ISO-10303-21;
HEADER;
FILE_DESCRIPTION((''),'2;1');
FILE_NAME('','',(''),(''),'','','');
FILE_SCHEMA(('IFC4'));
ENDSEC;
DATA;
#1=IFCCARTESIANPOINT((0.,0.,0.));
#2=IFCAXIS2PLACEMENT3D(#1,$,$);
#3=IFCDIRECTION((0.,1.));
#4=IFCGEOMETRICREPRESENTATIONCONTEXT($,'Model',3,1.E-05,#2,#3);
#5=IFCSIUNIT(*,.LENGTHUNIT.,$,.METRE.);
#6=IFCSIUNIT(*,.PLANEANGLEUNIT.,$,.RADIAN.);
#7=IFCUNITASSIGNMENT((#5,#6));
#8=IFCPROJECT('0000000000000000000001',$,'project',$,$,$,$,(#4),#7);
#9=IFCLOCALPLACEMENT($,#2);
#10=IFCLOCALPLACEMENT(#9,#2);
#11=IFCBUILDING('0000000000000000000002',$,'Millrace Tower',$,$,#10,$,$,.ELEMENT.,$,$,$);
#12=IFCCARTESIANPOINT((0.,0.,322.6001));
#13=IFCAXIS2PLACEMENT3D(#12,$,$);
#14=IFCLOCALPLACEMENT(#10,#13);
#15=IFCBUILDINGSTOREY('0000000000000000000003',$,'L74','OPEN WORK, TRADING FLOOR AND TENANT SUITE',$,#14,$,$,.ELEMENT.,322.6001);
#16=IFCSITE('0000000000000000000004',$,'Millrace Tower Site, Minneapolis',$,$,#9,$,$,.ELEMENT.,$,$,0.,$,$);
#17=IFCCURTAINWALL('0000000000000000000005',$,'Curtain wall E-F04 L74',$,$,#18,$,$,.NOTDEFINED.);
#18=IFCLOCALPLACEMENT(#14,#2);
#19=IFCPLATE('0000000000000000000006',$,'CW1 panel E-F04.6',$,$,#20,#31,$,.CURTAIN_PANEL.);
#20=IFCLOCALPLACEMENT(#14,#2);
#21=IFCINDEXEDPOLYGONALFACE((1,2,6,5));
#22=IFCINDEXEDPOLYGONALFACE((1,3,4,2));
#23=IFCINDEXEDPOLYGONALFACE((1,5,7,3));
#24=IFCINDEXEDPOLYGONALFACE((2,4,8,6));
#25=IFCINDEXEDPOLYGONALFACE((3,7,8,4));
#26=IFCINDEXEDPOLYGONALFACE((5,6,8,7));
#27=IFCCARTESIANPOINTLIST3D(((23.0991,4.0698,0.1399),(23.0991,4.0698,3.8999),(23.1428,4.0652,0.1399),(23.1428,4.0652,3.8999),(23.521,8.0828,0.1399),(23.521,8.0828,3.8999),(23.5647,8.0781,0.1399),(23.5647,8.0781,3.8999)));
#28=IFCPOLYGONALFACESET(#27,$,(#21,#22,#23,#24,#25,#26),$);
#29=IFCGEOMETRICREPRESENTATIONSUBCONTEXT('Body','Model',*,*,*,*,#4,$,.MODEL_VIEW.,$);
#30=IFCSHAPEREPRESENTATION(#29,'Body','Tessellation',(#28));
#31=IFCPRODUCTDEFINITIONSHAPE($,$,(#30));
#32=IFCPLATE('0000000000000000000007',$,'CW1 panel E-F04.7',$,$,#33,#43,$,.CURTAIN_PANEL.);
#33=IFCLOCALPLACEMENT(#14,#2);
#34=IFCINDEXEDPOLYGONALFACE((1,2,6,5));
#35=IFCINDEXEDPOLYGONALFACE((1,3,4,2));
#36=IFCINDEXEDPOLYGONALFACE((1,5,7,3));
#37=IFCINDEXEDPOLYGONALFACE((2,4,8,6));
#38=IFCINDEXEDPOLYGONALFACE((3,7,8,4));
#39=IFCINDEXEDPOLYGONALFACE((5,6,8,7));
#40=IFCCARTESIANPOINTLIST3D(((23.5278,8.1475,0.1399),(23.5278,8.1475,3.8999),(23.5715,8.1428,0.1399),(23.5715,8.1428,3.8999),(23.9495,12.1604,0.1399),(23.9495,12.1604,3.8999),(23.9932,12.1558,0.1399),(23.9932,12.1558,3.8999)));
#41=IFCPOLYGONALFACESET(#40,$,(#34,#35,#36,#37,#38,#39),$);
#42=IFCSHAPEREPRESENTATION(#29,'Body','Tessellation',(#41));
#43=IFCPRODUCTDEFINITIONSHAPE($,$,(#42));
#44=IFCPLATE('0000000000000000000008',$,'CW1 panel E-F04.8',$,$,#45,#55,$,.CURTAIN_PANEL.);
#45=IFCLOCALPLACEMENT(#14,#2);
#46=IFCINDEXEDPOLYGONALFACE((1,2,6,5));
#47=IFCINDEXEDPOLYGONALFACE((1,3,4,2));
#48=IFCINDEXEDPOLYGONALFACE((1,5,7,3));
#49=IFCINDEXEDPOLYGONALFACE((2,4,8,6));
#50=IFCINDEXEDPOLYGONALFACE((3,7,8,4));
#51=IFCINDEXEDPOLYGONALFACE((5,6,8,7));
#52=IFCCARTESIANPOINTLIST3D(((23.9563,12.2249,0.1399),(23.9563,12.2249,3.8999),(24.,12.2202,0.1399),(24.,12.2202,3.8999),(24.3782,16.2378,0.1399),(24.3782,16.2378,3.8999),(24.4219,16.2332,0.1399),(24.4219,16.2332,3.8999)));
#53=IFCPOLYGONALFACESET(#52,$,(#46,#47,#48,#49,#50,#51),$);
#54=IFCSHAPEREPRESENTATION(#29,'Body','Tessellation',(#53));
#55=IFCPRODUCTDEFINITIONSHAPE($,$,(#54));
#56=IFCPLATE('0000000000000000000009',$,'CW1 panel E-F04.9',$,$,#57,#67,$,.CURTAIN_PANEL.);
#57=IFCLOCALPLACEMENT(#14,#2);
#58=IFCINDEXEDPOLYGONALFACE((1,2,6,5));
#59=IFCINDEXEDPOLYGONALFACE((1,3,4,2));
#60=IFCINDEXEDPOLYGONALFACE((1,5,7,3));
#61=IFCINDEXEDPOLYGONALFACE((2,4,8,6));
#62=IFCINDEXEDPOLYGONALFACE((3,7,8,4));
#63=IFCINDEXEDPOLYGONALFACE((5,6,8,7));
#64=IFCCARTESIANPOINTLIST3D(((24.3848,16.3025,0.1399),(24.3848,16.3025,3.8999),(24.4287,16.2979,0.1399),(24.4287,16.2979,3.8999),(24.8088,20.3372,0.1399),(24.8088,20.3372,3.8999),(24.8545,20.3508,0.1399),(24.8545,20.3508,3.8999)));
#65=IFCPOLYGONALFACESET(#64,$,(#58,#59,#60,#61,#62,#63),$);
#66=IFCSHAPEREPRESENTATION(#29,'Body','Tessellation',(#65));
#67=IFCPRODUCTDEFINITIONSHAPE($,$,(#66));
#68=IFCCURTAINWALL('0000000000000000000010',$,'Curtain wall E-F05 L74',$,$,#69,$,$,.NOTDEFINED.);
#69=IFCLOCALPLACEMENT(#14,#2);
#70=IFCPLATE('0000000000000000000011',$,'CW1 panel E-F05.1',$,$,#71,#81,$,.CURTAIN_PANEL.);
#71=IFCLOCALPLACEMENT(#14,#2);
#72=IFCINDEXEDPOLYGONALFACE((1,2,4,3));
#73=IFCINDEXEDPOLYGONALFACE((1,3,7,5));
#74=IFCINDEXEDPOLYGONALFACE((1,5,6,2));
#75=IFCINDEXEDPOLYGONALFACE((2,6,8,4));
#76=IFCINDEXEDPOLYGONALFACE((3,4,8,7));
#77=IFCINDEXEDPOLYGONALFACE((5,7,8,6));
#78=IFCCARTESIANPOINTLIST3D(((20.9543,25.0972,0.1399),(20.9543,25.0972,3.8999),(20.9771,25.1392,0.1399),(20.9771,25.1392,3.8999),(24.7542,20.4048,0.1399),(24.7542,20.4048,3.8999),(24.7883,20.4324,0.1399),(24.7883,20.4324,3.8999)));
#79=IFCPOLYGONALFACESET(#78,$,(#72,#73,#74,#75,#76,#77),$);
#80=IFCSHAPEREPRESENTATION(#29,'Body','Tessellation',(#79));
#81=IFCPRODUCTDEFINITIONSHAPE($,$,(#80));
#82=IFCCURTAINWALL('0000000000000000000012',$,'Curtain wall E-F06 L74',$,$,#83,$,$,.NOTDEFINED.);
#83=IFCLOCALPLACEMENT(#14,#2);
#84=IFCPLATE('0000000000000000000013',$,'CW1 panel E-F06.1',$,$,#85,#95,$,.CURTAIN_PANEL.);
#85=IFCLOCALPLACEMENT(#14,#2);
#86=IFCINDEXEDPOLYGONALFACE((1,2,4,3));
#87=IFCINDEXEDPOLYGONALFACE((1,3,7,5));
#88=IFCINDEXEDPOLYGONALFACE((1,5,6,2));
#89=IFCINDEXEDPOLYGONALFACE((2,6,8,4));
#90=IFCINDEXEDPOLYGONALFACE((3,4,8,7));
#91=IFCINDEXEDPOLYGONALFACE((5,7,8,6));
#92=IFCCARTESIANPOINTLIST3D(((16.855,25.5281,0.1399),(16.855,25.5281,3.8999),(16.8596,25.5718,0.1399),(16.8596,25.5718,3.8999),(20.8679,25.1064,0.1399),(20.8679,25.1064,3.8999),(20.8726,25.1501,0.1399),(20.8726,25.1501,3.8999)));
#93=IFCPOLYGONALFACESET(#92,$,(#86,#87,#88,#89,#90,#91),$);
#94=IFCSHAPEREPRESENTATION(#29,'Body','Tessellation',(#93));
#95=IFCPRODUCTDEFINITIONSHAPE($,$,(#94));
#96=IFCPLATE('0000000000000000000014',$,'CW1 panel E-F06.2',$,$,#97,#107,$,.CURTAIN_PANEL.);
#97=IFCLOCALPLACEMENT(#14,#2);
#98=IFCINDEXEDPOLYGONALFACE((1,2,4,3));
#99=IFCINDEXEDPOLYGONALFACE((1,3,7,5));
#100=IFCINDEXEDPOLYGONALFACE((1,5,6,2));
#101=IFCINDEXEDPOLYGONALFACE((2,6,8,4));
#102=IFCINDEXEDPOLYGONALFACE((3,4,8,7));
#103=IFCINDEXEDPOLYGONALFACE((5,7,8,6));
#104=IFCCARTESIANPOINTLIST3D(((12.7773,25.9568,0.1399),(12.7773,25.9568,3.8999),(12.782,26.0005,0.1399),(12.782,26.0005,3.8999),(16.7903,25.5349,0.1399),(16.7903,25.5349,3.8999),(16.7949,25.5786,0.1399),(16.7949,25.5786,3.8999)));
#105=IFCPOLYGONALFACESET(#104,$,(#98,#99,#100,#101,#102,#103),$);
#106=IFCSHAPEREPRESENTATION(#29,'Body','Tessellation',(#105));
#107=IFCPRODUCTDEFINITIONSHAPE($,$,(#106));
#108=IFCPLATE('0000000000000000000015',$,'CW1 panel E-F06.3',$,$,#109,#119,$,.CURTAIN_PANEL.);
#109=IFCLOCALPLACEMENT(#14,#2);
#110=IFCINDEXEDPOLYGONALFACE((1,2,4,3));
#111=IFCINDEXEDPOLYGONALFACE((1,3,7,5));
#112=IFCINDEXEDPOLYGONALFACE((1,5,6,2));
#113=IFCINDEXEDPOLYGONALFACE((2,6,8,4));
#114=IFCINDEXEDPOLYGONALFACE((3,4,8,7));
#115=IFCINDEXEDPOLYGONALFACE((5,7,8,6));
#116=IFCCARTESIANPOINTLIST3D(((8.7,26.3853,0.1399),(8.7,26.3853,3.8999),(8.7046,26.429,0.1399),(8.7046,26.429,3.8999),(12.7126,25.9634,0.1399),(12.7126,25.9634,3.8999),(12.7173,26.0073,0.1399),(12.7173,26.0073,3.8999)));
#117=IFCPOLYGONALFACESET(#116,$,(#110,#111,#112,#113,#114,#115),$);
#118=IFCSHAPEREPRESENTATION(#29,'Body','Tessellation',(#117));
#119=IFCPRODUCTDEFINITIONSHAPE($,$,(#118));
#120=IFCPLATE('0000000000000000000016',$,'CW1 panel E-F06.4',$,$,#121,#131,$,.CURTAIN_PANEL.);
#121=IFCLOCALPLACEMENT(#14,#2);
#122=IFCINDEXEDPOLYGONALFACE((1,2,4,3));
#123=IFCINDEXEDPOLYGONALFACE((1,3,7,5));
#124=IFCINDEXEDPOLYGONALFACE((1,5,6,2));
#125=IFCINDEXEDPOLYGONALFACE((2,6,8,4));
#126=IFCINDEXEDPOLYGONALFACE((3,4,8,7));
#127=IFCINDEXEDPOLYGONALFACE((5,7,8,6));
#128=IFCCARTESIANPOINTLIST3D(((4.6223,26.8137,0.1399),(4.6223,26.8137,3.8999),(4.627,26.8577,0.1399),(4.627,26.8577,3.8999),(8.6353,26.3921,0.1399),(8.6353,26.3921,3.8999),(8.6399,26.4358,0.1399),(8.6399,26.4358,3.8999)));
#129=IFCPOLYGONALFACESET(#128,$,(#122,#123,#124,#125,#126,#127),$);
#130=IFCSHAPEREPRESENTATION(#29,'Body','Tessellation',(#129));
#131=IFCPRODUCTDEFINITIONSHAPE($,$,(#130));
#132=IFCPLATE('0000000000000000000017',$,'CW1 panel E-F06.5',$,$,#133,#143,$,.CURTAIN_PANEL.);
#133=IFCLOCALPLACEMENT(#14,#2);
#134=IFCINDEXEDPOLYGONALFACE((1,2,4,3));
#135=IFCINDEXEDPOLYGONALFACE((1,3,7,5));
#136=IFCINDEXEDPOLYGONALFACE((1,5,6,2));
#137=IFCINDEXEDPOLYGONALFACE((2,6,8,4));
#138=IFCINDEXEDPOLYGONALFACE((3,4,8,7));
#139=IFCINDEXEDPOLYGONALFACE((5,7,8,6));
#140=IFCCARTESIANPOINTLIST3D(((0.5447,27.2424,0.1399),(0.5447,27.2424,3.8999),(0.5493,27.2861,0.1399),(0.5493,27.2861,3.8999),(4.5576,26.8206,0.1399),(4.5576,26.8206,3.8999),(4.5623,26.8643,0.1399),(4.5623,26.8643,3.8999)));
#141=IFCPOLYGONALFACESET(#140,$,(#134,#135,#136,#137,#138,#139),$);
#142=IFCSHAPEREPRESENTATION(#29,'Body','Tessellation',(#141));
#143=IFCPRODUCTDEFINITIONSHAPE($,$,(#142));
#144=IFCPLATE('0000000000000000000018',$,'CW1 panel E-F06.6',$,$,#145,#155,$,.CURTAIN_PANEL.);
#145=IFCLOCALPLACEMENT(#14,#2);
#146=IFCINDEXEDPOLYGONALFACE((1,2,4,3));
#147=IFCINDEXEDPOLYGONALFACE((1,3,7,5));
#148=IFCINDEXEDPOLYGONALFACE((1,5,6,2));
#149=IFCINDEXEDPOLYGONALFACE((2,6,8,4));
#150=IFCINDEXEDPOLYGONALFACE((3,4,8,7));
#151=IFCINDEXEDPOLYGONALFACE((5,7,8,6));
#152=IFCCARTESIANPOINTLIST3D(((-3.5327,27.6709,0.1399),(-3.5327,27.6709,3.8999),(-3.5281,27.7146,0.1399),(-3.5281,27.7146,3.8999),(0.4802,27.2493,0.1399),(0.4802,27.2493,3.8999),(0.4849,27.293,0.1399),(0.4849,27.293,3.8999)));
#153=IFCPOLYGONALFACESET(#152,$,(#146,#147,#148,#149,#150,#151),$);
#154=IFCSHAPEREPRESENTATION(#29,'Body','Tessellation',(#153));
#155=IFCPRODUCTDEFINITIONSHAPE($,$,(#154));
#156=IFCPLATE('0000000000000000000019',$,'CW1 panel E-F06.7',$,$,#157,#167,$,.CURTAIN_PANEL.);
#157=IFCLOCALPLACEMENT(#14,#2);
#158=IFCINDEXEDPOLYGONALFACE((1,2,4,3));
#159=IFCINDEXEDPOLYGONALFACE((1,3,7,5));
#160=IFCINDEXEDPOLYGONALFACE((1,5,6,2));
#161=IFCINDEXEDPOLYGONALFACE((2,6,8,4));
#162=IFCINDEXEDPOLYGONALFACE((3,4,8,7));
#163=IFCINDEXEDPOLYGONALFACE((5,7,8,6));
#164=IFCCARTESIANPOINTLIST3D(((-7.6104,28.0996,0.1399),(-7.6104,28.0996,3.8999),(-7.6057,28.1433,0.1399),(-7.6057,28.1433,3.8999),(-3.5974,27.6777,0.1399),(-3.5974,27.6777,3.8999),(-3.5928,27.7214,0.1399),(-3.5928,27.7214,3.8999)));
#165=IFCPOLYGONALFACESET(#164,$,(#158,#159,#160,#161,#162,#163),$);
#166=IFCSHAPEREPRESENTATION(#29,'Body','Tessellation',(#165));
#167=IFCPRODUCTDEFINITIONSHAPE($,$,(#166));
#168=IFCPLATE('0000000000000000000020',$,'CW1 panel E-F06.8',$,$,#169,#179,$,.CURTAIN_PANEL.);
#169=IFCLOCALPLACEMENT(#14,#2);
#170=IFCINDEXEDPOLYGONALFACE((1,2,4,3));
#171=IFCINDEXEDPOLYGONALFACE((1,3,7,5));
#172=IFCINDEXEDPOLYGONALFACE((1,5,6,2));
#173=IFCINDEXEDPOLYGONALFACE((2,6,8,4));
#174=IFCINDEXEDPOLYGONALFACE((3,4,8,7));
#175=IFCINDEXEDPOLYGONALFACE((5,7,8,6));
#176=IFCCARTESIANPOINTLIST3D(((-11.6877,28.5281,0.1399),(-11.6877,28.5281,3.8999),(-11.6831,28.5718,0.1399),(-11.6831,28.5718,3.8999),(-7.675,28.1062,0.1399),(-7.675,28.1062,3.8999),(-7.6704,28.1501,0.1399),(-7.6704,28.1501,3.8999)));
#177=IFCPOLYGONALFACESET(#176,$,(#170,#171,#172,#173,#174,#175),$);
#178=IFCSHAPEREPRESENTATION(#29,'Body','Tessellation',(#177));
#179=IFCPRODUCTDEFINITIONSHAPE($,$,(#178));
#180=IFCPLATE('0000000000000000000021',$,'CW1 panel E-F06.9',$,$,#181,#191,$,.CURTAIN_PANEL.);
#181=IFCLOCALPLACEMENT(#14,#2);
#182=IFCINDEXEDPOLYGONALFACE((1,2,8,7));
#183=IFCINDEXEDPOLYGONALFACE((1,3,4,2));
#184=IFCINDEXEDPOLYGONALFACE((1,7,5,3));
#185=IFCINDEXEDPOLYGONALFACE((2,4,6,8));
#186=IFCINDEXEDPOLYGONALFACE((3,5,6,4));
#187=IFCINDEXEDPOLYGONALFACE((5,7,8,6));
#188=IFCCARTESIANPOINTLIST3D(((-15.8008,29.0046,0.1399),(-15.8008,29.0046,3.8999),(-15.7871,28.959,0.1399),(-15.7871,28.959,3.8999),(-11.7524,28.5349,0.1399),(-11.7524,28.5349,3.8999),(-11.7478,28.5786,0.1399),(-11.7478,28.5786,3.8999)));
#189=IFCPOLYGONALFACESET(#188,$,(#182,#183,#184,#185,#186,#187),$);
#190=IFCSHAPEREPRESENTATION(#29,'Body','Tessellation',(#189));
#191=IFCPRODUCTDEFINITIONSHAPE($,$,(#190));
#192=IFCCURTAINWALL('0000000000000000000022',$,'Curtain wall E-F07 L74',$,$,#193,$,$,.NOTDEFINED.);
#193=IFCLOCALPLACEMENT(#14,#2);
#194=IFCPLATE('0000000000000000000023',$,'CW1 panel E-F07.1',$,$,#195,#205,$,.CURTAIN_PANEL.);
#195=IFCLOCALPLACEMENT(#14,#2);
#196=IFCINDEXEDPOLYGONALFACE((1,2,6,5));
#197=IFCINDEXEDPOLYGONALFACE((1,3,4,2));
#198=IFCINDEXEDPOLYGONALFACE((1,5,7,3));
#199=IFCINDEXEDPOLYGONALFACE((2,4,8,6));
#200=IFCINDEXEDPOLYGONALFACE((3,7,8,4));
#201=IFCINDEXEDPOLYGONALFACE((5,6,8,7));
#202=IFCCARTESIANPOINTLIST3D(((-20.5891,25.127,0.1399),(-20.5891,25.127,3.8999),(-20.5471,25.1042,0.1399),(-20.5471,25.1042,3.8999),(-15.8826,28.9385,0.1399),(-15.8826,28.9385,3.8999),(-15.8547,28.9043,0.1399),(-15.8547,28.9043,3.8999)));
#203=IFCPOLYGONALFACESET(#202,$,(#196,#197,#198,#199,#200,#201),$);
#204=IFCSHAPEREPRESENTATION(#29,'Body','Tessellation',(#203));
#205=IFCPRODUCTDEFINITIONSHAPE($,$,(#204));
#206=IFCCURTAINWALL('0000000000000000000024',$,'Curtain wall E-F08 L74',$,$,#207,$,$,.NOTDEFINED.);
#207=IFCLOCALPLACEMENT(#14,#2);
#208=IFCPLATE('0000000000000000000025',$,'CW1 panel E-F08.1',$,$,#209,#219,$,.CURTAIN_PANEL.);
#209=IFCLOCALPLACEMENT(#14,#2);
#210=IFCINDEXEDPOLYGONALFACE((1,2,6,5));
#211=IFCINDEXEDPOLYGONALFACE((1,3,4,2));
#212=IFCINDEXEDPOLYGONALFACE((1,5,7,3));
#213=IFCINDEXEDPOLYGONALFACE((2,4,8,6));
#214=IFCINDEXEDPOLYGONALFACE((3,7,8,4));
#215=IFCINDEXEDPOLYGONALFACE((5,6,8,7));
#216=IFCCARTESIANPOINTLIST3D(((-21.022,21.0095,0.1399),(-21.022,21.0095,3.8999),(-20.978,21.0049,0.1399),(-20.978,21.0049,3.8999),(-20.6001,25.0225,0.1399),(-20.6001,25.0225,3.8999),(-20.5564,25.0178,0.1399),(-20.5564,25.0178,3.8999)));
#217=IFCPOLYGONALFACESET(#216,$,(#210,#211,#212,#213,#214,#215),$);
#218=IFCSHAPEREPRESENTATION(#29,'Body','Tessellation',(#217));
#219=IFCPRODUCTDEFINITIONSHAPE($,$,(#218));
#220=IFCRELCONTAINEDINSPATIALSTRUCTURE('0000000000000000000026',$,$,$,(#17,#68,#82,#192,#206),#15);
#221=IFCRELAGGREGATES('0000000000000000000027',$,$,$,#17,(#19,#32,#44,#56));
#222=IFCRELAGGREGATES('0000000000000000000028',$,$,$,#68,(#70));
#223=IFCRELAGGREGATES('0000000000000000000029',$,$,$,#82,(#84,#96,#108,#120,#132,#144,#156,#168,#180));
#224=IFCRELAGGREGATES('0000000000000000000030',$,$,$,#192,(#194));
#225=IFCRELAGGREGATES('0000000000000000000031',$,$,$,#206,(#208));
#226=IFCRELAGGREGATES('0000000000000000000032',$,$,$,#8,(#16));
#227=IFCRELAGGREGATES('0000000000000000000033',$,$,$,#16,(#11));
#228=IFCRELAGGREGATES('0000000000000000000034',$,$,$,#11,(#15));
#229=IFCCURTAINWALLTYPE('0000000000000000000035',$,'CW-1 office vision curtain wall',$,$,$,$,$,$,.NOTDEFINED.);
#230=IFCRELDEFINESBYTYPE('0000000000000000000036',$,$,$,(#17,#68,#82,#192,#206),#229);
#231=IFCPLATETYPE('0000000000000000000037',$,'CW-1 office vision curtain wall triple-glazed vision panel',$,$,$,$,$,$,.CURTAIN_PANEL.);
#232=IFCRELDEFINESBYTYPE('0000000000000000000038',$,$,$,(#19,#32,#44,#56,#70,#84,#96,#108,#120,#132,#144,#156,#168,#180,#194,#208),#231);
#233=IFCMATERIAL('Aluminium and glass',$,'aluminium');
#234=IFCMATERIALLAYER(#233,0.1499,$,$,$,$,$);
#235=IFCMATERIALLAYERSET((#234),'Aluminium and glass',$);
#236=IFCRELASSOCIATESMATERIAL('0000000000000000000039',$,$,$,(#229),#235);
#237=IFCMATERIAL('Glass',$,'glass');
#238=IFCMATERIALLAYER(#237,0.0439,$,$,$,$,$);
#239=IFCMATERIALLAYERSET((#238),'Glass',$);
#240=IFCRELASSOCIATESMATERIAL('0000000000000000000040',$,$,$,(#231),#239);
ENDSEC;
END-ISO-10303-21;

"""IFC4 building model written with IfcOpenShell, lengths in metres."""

from ifc_helpers import new_model, si_unit, direction, frame, origin, place, context, subcontext, project, spatial, polyline, outline, extrude, material, layer, layer_set, type_object, element, aggregate, save


model = new_model("IFC4")

# Units and contexts
model_context = context("Model", 3, precision=1e-05, world=origin(), true_north=direction((0.0, 1.0)))
body_context = subcontext(model_context, "Body", "Model", "MODEL_VIEW")
ifc_project = project(units=[si_unit("LENGTHUNIT", "METRE"), si_unit("PLANEANGLEUNIT", "RADIAN")], contexts=[model_context])

# Site, building, storey
site_placement = place(None, origin())
site = spatial("IfcSite", under=ifc_project, at=site_placement, Name="Millrace Tower Site, Minneapolis", CompositionType="ELEMENT", RefElevation=0.0)
building_placement = place(site_placement, origin())
building = spatial("IfcBuilding", under=site, at=building_placement, Name="Millrace Tower", CompositionType="ELEMENT")
storey_placement = place(building_placement, frame((0.0, 0.0, 322.6001)))
storey = spatial("IfcBuildingStorey", under=building, at=storey_placement, Name="L74", Description="OPEN WORK, TRADING FLOOR AND TENANT SUITE", CompositionType="ELEMENT", Elevation=322.6001)

# Curtain wall, plates
ifc_material_1 = material(Name="Aluminium and glass", Category="aluminium")
ifc_layer_1 = layer(ifc_material_1, 0.1499)
ifc_layer_set_1 = layer_set([ifc_layer_1], Name="Aluminium and glass")
curtain_wall_type = type_object("IfcCurtainWallType", Name="CW-1 office vision curtain wall", PredefinedType="NOTDEFINED", material=ifc_layer_set_1)
placement_1 = place(storey_placement, origin())
curtain_wall_1 = element("IfcCurtainWall", 1, at=placement_1, inside=storey, type_object=curtain_wall_type, Name="Curtain wall E-F04 L74", PredefinedType="NOTDEFINED")
ifc_material_2 = material(Name="Glass", Category="glass")
ifc_layer_2 = layer(ifc_material_2, 0.0439)
ifc_layer_set_2 = layer_set([ifc_layer_2], Name="Glass")
plate_type = type_object("IfcPlateType", Name="CW-1 office vision curtain wall triple-glazed vision panel", PredefinedType="CURTAIN_PANEL", material=ifc_layer_set_2)
placement_2 = place(storey_placement, frame((0.0, 0.0, 0.1399)))
plate_1 = element("IfcPlate", 2, at=placement_2, type_object=plate_type, Name="CW1 panel E-F04.6", PredefinedType="CURTAIN_PANEL", context=body_context, shape_type="SweptSolid", body=[
    extrude(outline(polyline([(23.1428, 4.0652), (23.5647, 8.0781), (23.521, 8.0828), (23.0991, 4.0698), (23.1428, 4.0652)])), origin(), (0.0, 0.0, 1.0), 3.76),
])
plate_2 = element("IfcPlate", 3, at=placement_2, type_object=plate_type, Name="CW1 panel E-F04.7", PredefinedType="CURTAIN_PANEL", context=body_context, shape_type="SweptSolid", body=[
    extrude(outline(polyline([(23.5715, 8.1428), (23.9932, 12.1558), (23.9495, 12.1604), (23.5278, 8.1475), (23.5715, 8.1428)])), origin(), (0.0, 0.0, 1.0), 3.76),
])
plate_3 = element("IfcPlate", 4, at=placement_2, type_object=plate_type, Name="CW1 panel E-F04.8", PredefinedType="CURTAIN_PANEL", context=body_context, shape_type="SweptSolid", body=[
    extrude(outline(polyline([(24.0, 12.2202), (24.4219, 16.2332), (24.3782, 16.2378), (23.9563, 12.2249), (24.0, 12.2202)])), origin(), (0.0, 0.0, 1.0), 3.76),
])
plate_4 = element("IfcPlate", 5, at=placement_2, type_object=plate_type, Name="CW1 panel E-F04.9", PredefinedType="CURTAIN_PANEL", context=body_context, shape_type="SweptSolid", body=[
    extrude(outline(polyline([(24.4287, 16.2979), (24.8545, 20.3508), (24.8088, 20.3372), (24.3848, 16.3025), (24.4287, 16.2979)])), origin(), (0.0, 0.0, 1.0), 3.76),
])
aggregate(curtain_wall_1, [plate_1, plate_2, plate_3, plate_4])

# Curtain wall, plate
curtain_wall_2 = element("IfcCurtainWall", 6, at=placement_1, inside=storey, type_object=curtain_wall_type, Name="Curtain wall E-F05 L74", PredefinedType="NOTDEFINED")
plate_5 = element("IfcPlate", 7, at=placement_2, type_object=plate_type, Name="CW1 panel E-F05.1", PredefinedType="CURTAIN_PANEL", context=body_context, shape_type="SweptSolid", body=[
    extrude(outline(polyline([(24.7883, 20.4324), (20.9771, 25.1392), (20.9543, 25.0972), (24.7542, 20.4048), (24.7883, 20.4324)])), origin(), (0.0, 0.0, 1.0), 3.76),
])
aggregate(curtain_wall_2, [plate_5])

# Curtain wall, plates
curtain_wall_3 = element("IfcCurtainWall", 8, at=placement_1, inside=storey, type_object=curtain_wall_type, Name="Curtain wall E-F06 L74", PredefinedType="NOTDEFINED")
plate_6 = element("IfcPlate", 9, at=placement_2, type_object=plate_type, Name="CW1 panel E-F06.1", PredefinedType="CURTAIN_PANEL", context=body_context, shape_type="SweptSolid", body=[
    extrude(outline(polyline([(20.8726, 25.1501), (16.8596, 25.5718), (16.855, 25.5281), (20.8679, 25.1064), (20.8726, 25.1501)])), origin(), (0.0, 0.0, 1.0), 3.76),
])
plate_7 = element("IfcPlate", 10, at=placement_2, type_object=plate_type, Name="CW1 panel E-F06.2", PredefinedType="CURTAIN_PANEL", context=body_context, shape_type="SweptSolid", body=[
    extrude(outline(polyline([(16.7949, 25.5786), (12.782, 26.0005), (12.7773, 25.9568), (16.7903, 25.5349), (16.7949, 25.5786)])), origin(), (0.0, 0.0, 1.0), 3.76),
])
plate_8 = element("IfcPlate", 11, at=placement_2, type_object=plate_type, Name="CW1 panel E-F06.3", PredefinedType="CURTAIN_PANEL", context=body_context, shape_type="SweptSolid", body=[
    extrude(outline(polyline([(12.7173, 26.0073), (8.7046, 26.429), (8.7, 26.3853), (12.7126, 25.9634), (12.7173, 26.0073)])), origin(), (0.0, 0.0, 1.0), 3.76),
])
plate_9 = element("IfcPlate", 12, at=placement_2, type_object=plate_type, Name="CW1 panel E-F06.4", PredefinedType="CURTAIN_PANEL", context=body_context, shape_type="SweptSolid", body=[
    extrude(outline(polyline([(8.6399, 26.4358), (4.627, 26.8577), (4.6223, 26.8137), (8.6353, 26.3921), (8.6399, 26.4358)])), origin(), (0.0, 0.0, 1.0), 3.76),
])
plate_10 = element("IfcPlate", 13, at=placement_2, type_object=plate_type, Name="CW1 panel E-F06.5", PredefinedType="CURTAIN_PANEL", context=body_context, shape_type="SweptSolid", body=[
    extrude(outline(polyline([(4.5623, 26.8643), (0.5493, 27.2861), (0.5447, 27.2424), (4.5576, 26.8206), (4.5623, 26.8643)])), origin(), (0.0, 0.0, 1.0), 3.76),
])
plate_11 = element("IfcPlate", 14, at=placement_2, type_object=plate_type, Name="CW1 panel E-F06.6", PredefinedType="CURTAIN_PANEL", context=body_context, shape_type="SweptSolid", body=[
    extrude(outline(polyline([(0.4849, 27.293), (-3.5281, 27.7146), (-3.5327, 27.6709), (0.4802, 27.2493), (0.4849, 27.293)])), origin(), (0.0, 0.0, 1.0), 3.76),
])
plate_12 = element("IfcPlate", 15, at=placement_2, type_object=plate_type, Name="CW1 panel E-F06.7", PredefinedType="CURTAIN_PANEL", context=body_context, shape_type="SweptSolid", body=[
    extrude(outline(polyline([(-3.5928, 27.7214), (-7.6057, 28.1433), (-7.6104, 28.0996), (-3.5974, 27.6777), (-3.5928, 27.7214)])), origin(), (0.0, 0.0, 1.0), 3.76),
])
plate_13 = element("IfcPlate", 16, at=placement_2, type_object=plate_type, Name="CW1 panel E-F06.8", PredefinedType="CURTAIN_PANEL", context=body_context, shape_type="SweptSolid", body=[
    extrude(outline(polyline([(-7.6704, 28.1501), (-11.6831, 28.5718), (-11.6877, 28.5281), (-7.675, 28.1062), (-7.6704, 28.1501)])), origin(), (0.0, 0.0, 1.0), 3.76),
])
plate_14 = element("IfcPlate", 17, at=placement_2, type_object=plate_type, Name="CW1 panel E-F06.9", PredefinedType="CURTAIN_PANEL", context=body_context, shape_type="SweptSolid", body=[
    extrude(outline(polyline([(-11.7478, 28.5786), (-15.8008, 29.0046), (-15.7871, 28.959), (-11.7524, 28.5349), (-11.7478, 28.5786)])), origin(), (0.0, 0.0, 1.0), 3.76),
])
aggregate(curtain_wall_3, [plate_6, plate_7, plate_8, plate_9, plate_10, plate_11, plate_12, plate_13, plate_14])

# Curtain wall, plate
curtain_wall_4 = element("IfcCurtainWall", 18, at=placement_1, inside=storey, type_object=curtain_wall_type, Name="Curtain wall E-F07 L74", PredefinedType="NOTDEFINED")
plate_15 = element("IfcPlate", 19, at=placement_2, type_object=plate_type, Name="CW1 panel E-F07.1", PredefinedType="CURTAIN_PANEL", context=body_context, shape_type="SweptSolid", body=[
    extrude(outline(polyline([(-15.8826, 28.9385), (-20.5891, 25.127), (-20.5471, 25.1042), (-15.8547, 28.9043), (-15.8826, 28.9385)])), origin(), (0.0, 0.0, 1.0), 3.76),
])
aggregate(curtain_wall_4, [plate_15])

# Curtain wall, plate
curtain_wall_5 = element("IfcCurtainWall", 20, at=placement_1, inside=storey, type_object=curtain_wall_type, Name="Curtain wall E-F08 L74", PredefinedType="NOTDEFINED")
plate_16 = element("IfcPlate", 21, at=placement_2, type_object=plate_type, Name="CW1 panel E-F08.1", PredefinedType="CURTAIN_PANEL", context=body_context, shape_type="SweptSolid", body=[
    extrude(outline(polyline([(-20.6001, 25.0225), (-21.022, 21.0095), (-20.978, 21.0049), (-20.5564, 25.0178), (-20.6001, 25.0225)])), origin(), (0.0, 0.0, 1.0), 3.76),
])
aggregate(curtain_wall_5, [plate_16])

save(model, "model.ifc")
